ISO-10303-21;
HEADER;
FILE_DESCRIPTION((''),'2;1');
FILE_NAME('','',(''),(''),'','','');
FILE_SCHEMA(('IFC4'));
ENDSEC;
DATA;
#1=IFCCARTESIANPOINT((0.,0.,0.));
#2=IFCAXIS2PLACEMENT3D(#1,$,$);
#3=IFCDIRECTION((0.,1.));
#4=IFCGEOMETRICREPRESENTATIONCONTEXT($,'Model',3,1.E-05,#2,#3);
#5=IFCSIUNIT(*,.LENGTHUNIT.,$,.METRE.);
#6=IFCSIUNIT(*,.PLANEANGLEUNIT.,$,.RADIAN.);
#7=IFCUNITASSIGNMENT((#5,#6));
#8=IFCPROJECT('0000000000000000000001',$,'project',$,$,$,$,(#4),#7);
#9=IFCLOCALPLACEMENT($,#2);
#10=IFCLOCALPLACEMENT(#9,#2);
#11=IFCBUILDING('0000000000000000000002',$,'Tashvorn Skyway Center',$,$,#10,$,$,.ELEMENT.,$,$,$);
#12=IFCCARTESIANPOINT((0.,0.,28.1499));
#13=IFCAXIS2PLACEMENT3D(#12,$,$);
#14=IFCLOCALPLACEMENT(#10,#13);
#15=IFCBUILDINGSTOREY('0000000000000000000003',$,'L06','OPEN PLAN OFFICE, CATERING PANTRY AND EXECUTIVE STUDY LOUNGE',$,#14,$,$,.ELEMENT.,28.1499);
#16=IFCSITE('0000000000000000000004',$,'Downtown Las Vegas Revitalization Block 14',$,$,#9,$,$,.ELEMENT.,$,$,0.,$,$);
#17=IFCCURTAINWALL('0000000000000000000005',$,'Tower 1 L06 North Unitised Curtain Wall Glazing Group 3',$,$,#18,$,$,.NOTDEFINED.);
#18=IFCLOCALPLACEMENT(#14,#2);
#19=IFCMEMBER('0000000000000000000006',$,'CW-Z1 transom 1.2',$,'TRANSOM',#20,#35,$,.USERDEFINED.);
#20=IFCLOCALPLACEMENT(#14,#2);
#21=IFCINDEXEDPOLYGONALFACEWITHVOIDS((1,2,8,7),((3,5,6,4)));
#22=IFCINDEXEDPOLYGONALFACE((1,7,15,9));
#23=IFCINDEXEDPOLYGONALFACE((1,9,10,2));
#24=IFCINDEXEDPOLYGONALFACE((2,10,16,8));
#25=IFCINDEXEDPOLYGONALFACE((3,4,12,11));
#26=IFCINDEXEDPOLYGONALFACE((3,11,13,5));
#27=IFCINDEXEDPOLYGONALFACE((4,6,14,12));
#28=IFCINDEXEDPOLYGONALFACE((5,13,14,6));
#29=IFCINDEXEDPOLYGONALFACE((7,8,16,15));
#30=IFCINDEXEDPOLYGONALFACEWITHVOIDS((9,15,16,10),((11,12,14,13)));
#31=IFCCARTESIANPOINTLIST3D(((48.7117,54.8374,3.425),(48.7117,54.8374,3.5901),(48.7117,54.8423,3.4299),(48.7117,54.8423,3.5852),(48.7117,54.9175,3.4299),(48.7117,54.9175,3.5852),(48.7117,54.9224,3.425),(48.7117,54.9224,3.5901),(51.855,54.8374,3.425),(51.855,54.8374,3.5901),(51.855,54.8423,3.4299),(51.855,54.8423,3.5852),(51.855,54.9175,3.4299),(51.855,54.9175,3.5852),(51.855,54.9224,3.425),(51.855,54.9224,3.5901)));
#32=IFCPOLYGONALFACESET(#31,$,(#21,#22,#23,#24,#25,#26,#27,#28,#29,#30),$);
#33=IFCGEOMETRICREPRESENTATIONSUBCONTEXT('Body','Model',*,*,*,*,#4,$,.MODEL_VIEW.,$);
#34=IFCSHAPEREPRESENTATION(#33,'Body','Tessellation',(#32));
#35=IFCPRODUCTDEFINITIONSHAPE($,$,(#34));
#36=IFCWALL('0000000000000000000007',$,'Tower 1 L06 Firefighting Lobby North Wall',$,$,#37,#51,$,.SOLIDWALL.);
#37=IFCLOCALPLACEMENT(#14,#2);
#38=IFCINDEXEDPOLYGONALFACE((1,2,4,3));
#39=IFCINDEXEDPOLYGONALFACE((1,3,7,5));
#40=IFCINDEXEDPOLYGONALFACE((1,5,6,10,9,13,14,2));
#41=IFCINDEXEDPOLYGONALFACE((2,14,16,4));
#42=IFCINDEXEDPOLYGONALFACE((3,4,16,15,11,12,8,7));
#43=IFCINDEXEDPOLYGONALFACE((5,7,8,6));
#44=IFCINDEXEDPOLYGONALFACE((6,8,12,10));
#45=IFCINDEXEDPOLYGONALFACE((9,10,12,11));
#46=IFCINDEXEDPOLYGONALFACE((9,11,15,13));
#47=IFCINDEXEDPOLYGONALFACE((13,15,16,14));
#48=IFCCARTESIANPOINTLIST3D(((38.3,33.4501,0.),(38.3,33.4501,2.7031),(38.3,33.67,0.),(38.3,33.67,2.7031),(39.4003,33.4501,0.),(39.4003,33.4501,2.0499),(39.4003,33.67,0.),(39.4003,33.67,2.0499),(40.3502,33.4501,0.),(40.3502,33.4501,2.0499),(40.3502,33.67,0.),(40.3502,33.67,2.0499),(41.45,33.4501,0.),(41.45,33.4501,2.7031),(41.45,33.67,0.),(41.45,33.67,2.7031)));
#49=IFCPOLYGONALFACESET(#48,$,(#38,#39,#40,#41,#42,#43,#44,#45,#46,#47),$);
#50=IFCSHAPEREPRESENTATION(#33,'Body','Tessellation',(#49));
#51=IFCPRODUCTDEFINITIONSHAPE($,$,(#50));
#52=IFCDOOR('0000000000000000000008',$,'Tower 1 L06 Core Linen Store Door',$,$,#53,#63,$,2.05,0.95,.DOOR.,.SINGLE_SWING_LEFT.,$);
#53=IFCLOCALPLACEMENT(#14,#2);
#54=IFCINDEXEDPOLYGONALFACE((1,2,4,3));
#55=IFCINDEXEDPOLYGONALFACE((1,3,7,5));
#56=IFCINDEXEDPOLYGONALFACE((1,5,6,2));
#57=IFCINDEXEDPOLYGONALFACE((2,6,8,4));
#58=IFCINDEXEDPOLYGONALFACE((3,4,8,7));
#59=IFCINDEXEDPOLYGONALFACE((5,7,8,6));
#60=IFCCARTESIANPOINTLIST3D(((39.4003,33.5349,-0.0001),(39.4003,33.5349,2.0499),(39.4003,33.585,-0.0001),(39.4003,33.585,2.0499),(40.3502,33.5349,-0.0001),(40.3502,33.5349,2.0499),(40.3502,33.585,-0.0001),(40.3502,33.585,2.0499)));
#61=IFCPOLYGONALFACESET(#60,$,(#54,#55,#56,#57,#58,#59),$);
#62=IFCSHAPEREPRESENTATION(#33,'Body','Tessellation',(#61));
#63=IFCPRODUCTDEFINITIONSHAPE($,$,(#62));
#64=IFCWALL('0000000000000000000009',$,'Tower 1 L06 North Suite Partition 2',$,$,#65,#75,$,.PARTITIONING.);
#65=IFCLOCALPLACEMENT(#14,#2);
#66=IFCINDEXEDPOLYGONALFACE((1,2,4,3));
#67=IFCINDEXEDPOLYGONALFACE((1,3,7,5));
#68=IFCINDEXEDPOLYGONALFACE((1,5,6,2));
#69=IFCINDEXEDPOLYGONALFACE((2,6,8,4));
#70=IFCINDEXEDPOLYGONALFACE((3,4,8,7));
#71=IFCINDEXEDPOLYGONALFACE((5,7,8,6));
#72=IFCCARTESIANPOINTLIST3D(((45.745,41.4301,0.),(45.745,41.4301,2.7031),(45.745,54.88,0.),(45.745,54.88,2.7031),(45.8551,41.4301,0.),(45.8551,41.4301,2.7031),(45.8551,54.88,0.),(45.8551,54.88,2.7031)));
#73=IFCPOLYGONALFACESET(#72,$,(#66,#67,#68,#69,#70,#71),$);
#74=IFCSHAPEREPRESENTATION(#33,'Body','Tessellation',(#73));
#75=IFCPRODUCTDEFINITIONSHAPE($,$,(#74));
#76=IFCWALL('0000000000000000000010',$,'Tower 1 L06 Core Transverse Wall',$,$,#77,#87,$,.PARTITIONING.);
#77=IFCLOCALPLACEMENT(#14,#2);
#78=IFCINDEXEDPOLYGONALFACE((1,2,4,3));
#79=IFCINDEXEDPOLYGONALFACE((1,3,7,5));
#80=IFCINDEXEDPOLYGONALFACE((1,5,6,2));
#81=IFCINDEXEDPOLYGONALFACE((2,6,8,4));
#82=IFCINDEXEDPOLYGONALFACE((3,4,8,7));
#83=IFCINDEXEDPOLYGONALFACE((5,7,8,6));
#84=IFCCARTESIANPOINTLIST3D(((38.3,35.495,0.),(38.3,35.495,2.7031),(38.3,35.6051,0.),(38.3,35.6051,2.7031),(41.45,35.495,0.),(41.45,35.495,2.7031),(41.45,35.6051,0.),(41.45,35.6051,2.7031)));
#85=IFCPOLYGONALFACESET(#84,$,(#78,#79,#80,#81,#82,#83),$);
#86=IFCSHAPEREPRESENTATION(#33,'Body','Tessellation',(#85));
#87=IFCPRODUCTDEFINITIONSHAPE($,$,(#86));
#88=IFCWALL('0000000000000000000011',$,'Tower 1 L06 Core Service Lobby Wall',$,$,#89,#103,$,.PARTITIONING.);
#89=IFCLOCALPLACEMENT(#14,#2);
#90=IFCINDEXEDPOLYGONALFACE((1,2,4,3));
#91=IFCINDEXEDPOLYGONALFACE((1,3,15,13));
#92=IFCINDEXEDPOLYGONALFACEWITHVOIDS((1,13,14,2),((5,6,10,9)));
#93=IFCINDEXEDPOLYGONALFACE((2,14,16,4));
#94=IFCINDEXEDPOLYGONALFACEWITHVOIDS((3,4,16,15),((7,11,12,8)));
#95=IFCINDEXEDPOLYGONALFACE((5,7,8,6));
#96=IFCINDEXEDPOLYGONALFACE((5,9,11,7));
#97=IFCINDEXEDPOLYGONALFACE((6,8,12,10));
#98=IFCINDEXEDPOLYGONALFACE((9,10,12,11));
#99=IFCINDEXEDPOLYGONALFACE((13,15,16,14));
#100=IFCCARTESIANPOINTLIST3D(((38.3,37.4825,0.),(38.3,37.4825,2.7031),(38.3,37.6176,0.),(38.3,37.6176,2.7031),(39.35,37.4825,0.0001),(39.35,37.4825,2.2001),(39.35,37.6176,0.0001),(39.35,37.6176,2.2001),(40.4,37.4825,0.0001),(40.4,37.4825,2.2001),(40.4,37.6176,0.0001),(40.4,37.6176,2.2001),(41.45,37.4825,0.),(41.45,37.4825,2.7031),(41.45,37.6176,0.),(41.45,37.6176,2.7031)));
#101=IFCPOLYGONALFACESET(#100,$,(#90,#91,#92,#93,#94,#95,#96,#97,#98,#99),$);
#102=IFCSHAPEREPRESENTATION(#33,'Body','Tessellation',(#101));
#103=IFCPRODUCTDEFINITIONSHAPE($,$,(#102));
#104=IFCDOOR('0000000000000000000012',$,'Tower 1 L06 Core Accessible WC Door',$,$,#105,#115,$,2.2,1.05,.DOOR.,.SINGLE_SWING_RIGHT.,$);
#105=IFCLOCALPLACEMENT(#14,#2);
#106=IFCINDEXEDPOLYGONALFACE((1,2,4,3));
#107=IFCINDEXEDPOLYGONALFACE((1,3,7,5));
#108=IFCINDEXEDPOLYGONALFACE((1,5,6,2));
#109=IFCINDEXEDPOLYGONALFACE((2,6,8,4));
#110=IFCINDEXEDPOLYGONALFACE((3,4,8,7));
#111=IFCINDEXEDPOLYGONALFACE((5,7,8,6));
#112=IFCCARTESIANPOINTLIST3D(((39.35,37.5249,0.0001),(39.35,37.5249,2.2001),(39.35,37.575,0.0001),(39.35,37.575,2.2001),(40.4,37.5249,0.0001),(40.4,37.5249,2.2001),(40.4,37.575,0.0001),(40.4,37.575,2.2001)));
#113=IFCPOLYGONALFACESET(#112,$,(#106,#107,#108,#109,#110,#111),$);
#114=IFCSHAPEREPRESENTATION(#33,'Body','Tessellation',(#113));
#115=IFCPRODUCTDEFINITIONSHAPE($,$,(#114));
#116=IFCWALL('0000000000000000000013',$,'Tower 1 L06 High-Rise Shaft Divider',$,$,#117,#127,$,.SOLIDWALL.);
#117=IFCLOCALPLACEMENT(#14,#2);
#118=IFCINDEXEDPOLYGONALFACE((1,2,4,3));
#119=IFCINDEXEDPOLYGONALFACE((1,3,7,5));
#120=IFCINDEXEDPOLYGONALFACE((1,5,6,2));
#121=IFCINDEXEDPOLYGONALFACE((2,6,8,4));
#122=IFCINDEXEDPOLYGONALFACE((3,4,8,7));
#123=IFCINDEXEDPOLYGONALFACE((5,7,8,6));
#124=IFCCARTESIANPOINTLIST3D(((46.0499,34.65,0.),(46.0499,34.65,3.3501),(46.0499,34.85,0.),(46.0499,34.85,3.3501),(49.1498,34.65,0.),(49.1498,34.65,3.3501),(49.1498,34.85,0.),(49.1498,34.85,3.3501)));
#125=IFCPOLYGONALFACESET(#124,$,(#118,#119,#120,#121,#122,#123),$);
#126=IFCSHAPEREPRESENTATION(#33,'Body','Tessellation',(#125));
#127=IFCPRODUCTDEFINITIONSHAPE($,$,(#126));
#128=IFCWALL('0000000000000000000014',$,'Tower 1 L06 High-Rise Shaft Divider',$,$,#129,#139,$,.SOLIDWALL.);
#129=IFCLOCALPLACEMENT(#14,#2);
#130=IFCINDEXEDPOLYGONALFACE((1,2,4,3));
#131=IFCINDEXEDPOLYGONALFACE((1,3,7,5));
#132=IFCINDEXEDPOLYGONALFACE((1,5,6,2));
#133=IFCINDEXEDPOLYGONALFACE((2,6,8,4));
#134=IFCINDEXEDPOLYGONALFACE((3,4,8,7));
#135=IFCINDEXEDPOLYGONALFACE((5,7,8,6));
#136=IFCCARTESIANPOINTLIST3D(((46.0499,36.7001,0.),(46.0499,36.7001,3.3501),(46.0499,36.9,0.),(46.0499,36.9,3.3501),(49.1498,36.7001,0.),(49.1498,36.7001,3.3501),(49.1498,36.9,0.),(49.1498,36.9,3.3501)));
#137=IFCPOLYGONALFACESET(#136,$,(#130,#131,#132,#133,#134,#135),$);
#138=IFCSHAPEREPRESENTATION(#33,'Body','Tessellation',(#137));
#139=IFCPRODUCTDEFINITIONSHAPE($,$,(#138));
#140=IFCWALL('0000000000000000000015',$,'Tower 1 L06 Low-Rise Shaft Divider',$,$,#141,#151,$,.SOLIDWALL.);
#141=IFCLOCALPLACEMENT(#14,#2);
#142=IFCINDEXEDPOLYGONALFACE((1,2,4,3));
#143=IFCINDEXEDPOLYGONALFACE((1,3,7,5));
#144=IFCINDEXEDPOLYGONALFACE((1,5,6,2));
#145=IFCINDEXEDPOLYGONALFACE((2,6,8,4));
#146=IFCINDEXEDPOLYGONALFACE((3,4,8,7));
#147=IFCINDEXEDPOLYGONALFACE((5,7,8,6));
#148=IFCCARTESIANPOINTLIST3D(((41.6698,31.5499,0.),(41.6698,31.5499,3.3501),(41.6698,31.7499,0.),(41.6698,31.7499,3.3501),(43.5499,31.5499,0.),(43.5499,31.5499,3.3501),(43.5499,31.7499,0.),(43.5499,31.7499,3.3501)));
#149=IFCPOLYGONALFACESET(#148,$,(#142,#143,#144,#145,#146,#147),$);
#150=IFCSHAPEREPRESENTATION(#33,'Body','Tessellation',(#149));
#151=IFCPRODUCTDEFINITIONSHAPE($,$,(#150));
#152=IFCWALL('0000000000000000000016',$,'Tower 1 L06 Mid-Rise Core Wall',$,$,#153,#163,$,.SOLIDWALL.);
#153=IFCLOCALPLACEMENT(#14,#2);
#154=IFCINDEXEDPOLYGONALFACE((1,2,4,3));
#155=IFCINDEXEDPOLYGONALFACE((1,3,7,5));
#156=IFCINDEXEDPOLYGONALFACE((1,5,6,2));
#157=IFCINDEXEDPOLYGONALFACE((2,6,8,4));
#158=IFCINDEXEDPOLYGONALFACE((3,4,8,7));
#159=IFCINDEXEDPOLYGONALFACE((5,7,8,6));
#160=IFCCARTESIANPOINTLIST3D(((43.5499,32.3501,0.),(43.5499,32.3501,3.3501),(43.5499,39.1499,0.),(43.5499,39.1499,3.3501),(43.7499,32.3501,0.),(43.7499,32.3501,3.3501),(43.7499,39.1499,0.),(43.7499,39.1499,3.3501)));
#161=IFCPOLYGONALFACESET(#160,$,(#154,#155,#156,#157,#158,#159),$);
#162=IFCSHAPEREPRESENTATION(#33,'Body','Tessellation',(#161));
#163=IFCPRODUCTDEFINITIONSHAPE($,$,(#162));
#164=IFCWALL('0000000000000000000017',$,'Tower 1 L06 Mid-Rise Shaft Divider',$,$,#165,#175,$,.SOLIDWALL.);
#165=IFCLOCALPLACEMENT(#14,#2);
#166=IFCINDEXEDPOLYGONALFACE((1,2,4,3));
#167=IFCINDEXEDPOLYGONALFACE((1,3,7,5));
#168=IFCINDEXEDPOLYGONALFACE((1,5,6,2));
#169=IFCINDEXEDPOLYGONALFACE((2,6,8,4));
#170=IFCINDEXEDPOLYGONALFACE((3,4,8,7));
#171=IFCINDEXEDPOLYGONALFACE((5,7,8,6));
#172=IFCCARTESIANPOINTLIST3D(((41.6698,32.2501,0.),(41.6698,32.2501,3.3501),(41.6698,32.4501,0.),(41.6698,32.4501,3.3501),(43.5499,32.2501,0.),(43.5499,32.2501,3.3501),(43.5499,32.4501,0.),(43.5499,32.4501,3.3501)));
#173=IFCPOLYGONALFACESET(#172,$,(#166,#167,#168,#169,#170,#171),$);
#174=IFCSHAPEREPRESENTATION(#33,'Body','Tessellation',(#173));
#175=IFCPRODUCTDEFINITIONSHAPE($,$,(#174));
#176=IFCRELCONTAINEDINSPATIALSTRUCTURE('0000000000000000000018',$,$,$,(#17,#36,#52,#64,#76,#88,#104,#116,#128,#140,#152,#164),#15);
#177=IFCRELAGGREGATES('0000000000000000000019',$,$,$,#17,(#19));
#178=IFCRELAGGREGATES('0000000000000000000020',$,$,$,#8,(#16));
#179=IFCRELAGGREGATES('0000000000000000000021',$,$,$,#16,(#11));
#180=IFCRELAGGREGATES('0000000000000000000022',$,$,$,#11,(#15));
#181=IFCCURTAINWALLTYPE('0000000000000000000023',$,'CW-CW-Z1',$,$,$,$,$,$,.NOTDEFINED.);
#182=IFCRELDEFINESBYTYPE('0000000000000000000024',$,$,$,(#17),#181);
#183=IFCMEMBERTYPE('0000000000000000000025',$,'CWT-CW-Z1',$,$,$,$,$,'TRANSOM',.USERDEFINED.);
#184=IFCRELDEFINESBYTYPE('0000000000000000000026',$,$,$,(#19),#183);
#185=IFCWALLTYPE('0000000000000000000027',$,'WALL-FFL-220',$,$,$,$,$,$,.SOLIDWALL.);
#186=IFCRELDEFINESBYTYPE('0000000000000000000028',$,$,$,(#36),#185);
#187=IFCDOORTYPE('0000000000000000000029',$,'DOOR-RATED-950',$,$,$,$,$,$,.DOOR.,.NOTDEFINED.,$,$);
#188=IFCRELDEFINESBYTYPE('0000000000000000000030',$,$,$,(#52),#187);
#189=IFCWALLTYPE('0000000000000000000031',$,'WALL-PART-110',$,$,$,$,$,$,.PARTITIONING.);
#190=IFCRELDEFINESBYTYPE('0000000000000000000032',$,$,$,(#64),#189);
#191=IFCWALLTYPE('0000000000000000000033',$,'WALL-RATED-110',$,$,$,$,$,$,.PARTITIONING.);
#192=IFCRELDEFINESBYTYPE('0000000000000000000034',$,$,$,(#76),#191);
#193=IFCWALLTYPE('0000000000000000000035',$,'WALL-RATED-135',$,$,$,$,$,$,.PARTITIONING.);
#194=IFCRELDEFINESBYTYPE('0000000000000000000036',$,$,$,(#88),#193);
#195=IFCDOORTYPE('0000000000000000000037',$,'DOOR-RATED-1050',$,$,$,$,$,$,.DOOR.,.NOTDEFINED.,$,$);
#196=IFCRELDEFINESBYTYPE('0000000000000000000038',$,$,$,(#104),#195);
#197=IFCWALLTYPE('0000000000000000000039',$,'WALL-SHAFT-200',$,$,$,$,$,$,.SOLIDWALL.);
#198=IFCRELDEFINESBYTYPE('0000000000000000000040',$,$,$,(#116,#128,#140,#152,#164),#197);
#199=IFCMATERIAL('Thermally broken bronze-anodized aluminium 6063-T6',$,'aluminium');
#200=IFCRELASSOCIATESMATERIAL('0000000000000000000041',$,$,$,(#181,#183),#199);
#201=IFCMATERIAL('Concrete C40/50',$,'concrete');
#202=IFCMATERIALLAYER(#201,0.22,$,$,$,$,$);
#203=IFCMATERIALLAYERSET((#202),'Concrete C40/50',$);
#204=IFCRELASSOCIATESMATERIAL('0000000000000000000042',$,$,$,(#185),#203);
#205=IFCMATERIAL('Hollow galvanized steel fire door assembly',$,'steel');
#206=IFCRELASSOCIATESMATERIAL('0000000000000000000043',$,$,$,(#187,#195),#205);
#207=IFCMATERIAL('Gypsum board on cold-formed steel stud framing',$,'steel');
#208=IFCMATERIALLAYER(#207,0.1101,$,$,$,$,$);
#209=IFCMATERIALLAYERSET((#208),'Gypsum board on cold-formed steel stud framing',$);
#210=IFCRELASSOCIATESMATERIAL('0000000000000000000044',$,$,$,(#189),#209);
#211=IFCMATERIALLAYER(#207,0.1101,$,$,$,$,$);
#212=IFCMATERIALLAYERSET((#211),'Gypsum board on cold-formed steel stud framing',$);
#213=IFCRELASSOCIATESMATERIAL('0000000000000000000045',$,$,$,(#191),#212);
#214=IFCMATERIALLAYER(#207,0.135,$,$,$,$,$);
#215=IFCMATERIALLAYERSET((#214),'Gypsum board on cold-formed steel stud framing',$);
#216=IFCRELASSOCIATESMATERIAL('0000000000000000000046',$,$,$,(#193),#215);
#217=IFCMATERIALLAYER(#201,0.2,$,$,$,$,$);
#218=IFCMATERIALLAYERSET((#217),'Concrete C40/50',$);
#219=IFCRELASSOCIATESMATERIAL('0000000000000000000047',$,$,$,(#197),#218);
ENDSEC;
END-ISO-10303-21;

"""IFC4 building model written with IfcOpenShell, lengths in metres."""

from ifc_helpers import new_model, si_unit, direction, frame, frame_2d, origin, origin_2d, place, context, subcontext, project, spatial, rectangle, hollow_rectangle, extrude, material, layer, layer_set, material_profile, profile_set, type_object, element, fill, aggregate, save


model = new_model("IFC4")

# Units and contexts
model_context = context("Model", 3, precision=1e-05, world=origin(), true_north=direction((0.0, 1.0)))
body_context = subcontext(model_context, "Body", "Model", "MODEL_VIEW")
ifc_project = project(units=[si_unit("LENGTHUNIT", "METRE"), si_unit("PLANEANGLEUNIT", "RADIAN")], contexts=[model_context])

# Site, building, storey
site_placement = place(None, origin())
site = spatial("IfcSite", under=ifc_project, at=site_placement, Name="Downtown Las Vegas Revitalization Block 14", CompositionType="ELEMENT", RefElevation=0.0)
building_placement = place(site_placement, origin())
building = spatial("IfcBuilding", under=site, at=building_placement, Name="Tashvorn Skyway Center", CompositionType="ELEMENT")
storey_placement = place(building_placement, frame((0.0, 0.0, 28.1499)))
storey = spatial("IfcBuildingStorey", under=building, at=storey_placement, Name="L06", Description="OPEN PLAN OFFICE, CATERING PANTRY AND EXECUTIVE STUDY LOUNGE", CompositionType="ELEMENT", Elevation=28.1499)

# Curtain wall, member
ifc_material_1 = material(Name="Thermally broken bronze-anodized aluminium 6063-T6", Category="aluminium")
curtain_wall_type = type_object("IfcCurtainWallType", Name="CW-CW-Z1", PredefinedType="NOTDEFINED", material=ifc_material_1)
curtain_wall_placement = place(storey_placement, origin())
curtain_wall = element("IfcCurtainWall", 1, at=curtain_wall_placement, inside=storey, type_object=curtain_wall_type, Name="Tower 1 L06 North Unitised Curtain Wall Glazing Group 3", PredefinedType="NOTDEFINED")
ifc_material_profile_1 = material_profile(ifc_material_1, hollow_rectangle(XDim=0.085, YDim=0.165, WallThickness=0.0049, at=origin_2d()), Name="ALU-TRAN-85x165")
ifc_profile_set_1 = profile_set([ifc_material_profile_1], Name="Thermally broken bronze-anodized aluminium 6063-T6")
member_type_1 = type_object("IfcMemberType", Name="CWT-CW-Z1", ElementType="TRANSOM", PredefinedType="USERDEFINED", material=ifc_profile_set_1)
member_1_placement = place(storey_placement, frame((48.7117, 54.8799, 3.5076), z_axis=(1.0, 0.0, 0.0), x_axis=(0.0, 1.0, 0.0)))
member_1 = element("IfcMember", 2, at=member_1_placement, type_object=member_type_1, Name="CW-Z1 transom 1.2", ObjectType="TRANSOM", PredefinedType="USERDEFINED", context=body_context, shape_type="SweptSolid", body=[
    extrude(hollow_rectangle(XDim=0.085, YDim=0.165, WallThickness=0.0049, at=origin_2d()), origin(), (0.0, 0.0, 1.0), 3.1433),
])
aggregate(curtain_wall, [member_1])

# Wall, opening, door
ifc_material_2 = material(Name="Concrete C40/50", Category="concrete")
ifc_layer_1 = layer(ifc_material_2, 0.22)
ifc_layer_set_1 = layer_set([ifc_layer_1], Name="Concrete C40/50")
wall_type_1 = type_object("IfcWallType", Name="WALL-FFL-220", PredefinedType="SOLIDWALL", material=ifc_layer_set_1)
wall_1_placement = place(storey_placement, frame((38.3, 33.5601, 0.0), z_axis=(0.0, 0.0, 1.0), x_axis=(1.0, 0.0, 0.0)))
wall_1 = element("IfcWall", 3, at=wall_1_placement, inside=storey, type_object=wall_type_1, Name="Tower 1 L06 Firefighting Lobby North Wall", PredefinedType="SOLIDWALL", context=body_context, shape_type="SweptSolid", body=[
    extrude(rectangle(XDim=3.1499, YDim=0.22, at=frame_2d((1.575, 0.0))), origin(), (0.0, 0.0, 1.0), 2.7031),
])
opening_1_placement = place(wall_1_placement, frame((1.1001, 0.0, 0.0)))
opening_1 = element("IfcOpeningElement", 4, at=opening_1_placement, cuts=wall_1, PredefinedType="OPENING", context=body_context, shape_type="SweptSolid", body=[
    extrude(rectangle(XDim=0.95, YDim=2.05, at=frame_2d((0.4751, 1.0249))), frame((0.0, 0.1199, 0.0), z_axis=(0.0, -1.0, 0.0), x_axis=(1.0, 0.0, 0.0)), (0.0, 0.0, 1.0), 0.24),
])
ifc_material_3 = material(Name="Hollow galvanized steel fire door assembly", Category="steel")
door_type_1 = type_object("IfcDoorType", Name="DOOR-RATED-950", OperationType="NOTDEFINED", PredefinedType="DOOR", material=ifc_material_3)
door_1_placement = place(opening_1_placement, origin())
door_1 = element("IfcDoor", 5, at=door_1_placement, inside=storey, type_object=door_type_1, Name="Tower 1 L06 Core Linen Store Door", OperationType="SINGLE_SWING_LEFT", OverallHeight=2.05, OverallWidth=0.95, PredefinedType="DOOR", context=body_context, shape_type="SweptSolid", body=[
    extrude(rectangle(XDim=0.95, YDim=2.05, at=frame_2d((0.4751, 1.0249))), frame((0.0, 0.0249, 0.0), z_axis=(0.0, -1.0, 0.0), x_axis=(1.0, 0.0, 0.0)), (0.0, 0.0, 1.0), 0.05),
])
fill(opening_1, door_1)

# Walls
ifc_material_4 = material(Name="Gypsum board on cold-formed steel stud framing", Category="steel")
ifc_layer_2 = layer(ifc_material_4, 0.1101)
ifc_layer_set_2 = layer_set([ifc_layer_2], Name="Gypsum board on cold-formed steel stud framing")
wall_type_2 = type_object("IfcWallType", Name="WALL-PART-110", PredefinedType="PARTITIONING", material=ifc_layer_set_2)
wall_2_placement = place(storey_placement, frame((45.8, 41.4299, 0.0), z_axis=(0.0, 0.0, 1.0), x_axis=(0.0, 1.0, 0.0)))
element("IfcWall", 6, at=wall_2_placement, inside=storey, type_object=wall_type_2, Name="Tower 1 L06 North Suite Partition 2", PredefinedType="PARTITIONING", context=body_context, shape_type="SweptSolid", body=[
    extrude(rectangle(XDim=13.45, YDim=0.1101, at=frame_2d((6.7251, 0.0))), origin(), (0.0, 0.0, 1.0), 2.7031),
])
ifc_layer_3 = layer(ifc_material_4, 0.1101)
ifc_layer_set_3 = layer_set([ifc_layer_3], Name="Gypsum board on cold-formed steel stud framing")
wall_type_3 = type_object("IfcWallType", Name="WALL-RATED-110", PredefinedType="PARTITIONING", material=ifc_layer_set_3)
wall_3_placement = place(storey_placement, frame((38.3, 35.55, 0.0), z_axis=(0.0, 0.0, 1.0), x_axis=(1.0, 0.0, 0.0)))
element("IfcWall", 7, at=wall_3_placement, inside=storey, type_object=wall_type_3, Name="Tower 1 L06 Core Transverse Wall", PredefinedType="PARTITIONING", context=body_context, shape_type="SweptSolid", body=[
    extrude(rectangle(XDim=3.1499, YDim=0.1101, at=frame_2d((1.575, 0.0))), origin(), (0.0, 0.0, 1.0), 2.7031),
])

# Wall, opening, door
ifc_layer_4 = layer(ifc_material_4, 0.135)
ifc_layer_set_4 = layer_set([ifc_layer_4], Name="Gypsum board on cold-formed steel stud framing")
wall_type_4 = type_object("IfcWallType", Name="WALL-RATED-135", PredefinedType="PARTITIONING", material=ifc_layer_set_4)
wall_4_placement = place(storey_placement, frame((38.3, 37.55, 0.0), z_axis=(0.0, 0.0, 1.0), x_axis=(1.0, 0.0, 0.0)))
wall_4 = element("IfcWall", 8, at=wall_4_placement, inside=storey, type_object=wall_type_4, Name="Tower 1 L06 Core Service Lobby Wall", PredefinedType="PARTITIONING", context=body_context, shape_type="SweptSolid", body=[
    extrude(rectangle(XDim=3.1499, YDim=0.135, at=frame_2d((1.575, 0.0))), origin(), (0.0, 0.0, 1.0), 2.7031),
])
opening_2_placement = place(wall_4_placement, frame((1.05, 0.0, 0.0)))
opening_2 = element("IfcOpeningElement", 9, at=opening_2_placement, cuts=wall_4, PredefinedType="OPENING", context=body_context, shape_type="SweptSolid", body=[
    extrude(rectangle(XDim=1.05, YDim=2.2, at=frame_2d((0.5249, 1.1001))), frame((0.0, 0.0774, 0.0), z_axis=(0.0, -1.0, 0.0), x_axis=(1.0, 0.0, 0.0)), (0.0, 0.0, 1.0), 0.155),
])
door_type_2 = type_object("IfcDoorType", Name="DOOR-RATED-1050", OperationType="NOTDEFINED", PredefinedType="DOOR", material=ifc_material_3)
door_2_placement = place(opening_2_placement, origin())
door_2 = element("IfcDoor", 10, at=door_2_placement, inside=storey, type_object=door_type_2, Name="Tower 1 L06 Core Accessible WC Door", OperationType="SINGLE_SWING_RIGHT", OverallHeight=2.2, OverallWidth=1.05, PredefinedType="DOOR", context=body_context, shape_type="SweptSolid", body=[
    extrude(rectangle(XDim=1.05, YDim=2.2, at=frame_2d((0.5249, 1.1001))), frame((0.0, 0.0249, 0.0), z_axis=(0.0, -1.0, 0.0), x_axis=(1.0, 0.0, 0.0)), (0.0, 0.0, 1.0), 0.05),
])
fill(opening_2, door_2)

# Walls
ifc_layer_5 = layer(ifc_material_2, 0.2)
ifc_layer_set_5 = layer_set([ifc_layer_5], Name="Concrete C40/50")
wall_type_5 = type_object("IfcWallType", Name="WALL-SHAFT-200", PredefinedType="SOLIDWALL", material=ifc_layer_set_5)
for number, where, z_axis, x_axis, name in (
    (11, (46.05, 34.75, 0.0), (0.0, 0.0, 1.0), (1.0, 0.0, 0.0), "Tower 1 L06 High-Rise Shaft Divider"),
    (12, (46.05, 36.8, 0.0), (0.0, 0.0, 1.0), (1.0, 0.0, 0.0), "Tower 1 L06 High-Rise Shaft Divider"),
):
    element("IfcWall", number, at=place(storey_placement, frame(where, z_axis=z_axis, x_axis=x_axis)), inside=storey, type_object=wall_type_5, Name=name, PredefinedType="SOLIDWALL", context=body_context, shape_type="SweptSolid", body=[
        extrude(rectangle(XDim=3.0999, YDim=0.2, at=frame_2d((1.5498, 0.0))), origin(), (0.0, 0.0, 1.0), 3.3501),
    ])
wall_5_placement = place(storey_placement, frame((41.6699, 31.6499, 0.0), z_axis=(0.0, 0.0, 1.0), x_axis=(1.0, 0.0, 0.0)))
element("IfcWall", 13, at=wall_5_placement, inside=storey, type_object=wall_type_5, Name="Tower 1 L06 Low-Rise Shaft Divider", PredefinedType="SOLIDWALL", context=body_context, shape_type="SweptSolid", body=[
    extrude(rectangle(XDim=1.8801, YDim=0.2, at=frame_2d((0.9399, 0.0))), origin(), (0.0, 0.0, 1.0), 3.3501),
])
wall_6_placement = place(storey_placement, frame((43.6499, 32.3501, 0.0), z_axis=(0.0, 0.0, 1.0), x_axis=(0.0, 1.0, 0.0)))
element("IfcWall", 14, at=wall_6_placement, inside=storey, type_object=wall_type_5, Name="Tower 1 L06 Mid-Rise Core Wall", PredefinedType="SOLIDWALL", context=body_context, shape_type="SweptSolid", body=[
    extrude(rectangle(XDim=6.7998, YDim=0.2, at=frame_2d((3.3999, 0.0))), origin(), (0.0, 0.0, 1.0), 3.3501),
])
for number, where, z_axis, x_axis, name in (
    (15, (41.6699, 32.3501, 0.0), (0.0, 0.0, 1.0), (1.0, 0.0, 0.0), "Tower 1 L06 Mid-Rise Shaft Divider"),
):
    element("IfcWall", number, at=place(storey_placement, frame(where, z_axis=z_axis, x_axis=x_axis)), inside=storey, type_object=wall_type_5, Name=name, PredefinedType="SOLIDWALL", context=body_context, shape_type="SweptSolid", body=[
        extrude(rectangle(XDim=1.8801, YDim=0.2, at=frame_2d((0.9399, 0.0))), origin(), (0.0, 0.0, 1.0), 3.3501),
    ])

save(model, "model.ifc")
